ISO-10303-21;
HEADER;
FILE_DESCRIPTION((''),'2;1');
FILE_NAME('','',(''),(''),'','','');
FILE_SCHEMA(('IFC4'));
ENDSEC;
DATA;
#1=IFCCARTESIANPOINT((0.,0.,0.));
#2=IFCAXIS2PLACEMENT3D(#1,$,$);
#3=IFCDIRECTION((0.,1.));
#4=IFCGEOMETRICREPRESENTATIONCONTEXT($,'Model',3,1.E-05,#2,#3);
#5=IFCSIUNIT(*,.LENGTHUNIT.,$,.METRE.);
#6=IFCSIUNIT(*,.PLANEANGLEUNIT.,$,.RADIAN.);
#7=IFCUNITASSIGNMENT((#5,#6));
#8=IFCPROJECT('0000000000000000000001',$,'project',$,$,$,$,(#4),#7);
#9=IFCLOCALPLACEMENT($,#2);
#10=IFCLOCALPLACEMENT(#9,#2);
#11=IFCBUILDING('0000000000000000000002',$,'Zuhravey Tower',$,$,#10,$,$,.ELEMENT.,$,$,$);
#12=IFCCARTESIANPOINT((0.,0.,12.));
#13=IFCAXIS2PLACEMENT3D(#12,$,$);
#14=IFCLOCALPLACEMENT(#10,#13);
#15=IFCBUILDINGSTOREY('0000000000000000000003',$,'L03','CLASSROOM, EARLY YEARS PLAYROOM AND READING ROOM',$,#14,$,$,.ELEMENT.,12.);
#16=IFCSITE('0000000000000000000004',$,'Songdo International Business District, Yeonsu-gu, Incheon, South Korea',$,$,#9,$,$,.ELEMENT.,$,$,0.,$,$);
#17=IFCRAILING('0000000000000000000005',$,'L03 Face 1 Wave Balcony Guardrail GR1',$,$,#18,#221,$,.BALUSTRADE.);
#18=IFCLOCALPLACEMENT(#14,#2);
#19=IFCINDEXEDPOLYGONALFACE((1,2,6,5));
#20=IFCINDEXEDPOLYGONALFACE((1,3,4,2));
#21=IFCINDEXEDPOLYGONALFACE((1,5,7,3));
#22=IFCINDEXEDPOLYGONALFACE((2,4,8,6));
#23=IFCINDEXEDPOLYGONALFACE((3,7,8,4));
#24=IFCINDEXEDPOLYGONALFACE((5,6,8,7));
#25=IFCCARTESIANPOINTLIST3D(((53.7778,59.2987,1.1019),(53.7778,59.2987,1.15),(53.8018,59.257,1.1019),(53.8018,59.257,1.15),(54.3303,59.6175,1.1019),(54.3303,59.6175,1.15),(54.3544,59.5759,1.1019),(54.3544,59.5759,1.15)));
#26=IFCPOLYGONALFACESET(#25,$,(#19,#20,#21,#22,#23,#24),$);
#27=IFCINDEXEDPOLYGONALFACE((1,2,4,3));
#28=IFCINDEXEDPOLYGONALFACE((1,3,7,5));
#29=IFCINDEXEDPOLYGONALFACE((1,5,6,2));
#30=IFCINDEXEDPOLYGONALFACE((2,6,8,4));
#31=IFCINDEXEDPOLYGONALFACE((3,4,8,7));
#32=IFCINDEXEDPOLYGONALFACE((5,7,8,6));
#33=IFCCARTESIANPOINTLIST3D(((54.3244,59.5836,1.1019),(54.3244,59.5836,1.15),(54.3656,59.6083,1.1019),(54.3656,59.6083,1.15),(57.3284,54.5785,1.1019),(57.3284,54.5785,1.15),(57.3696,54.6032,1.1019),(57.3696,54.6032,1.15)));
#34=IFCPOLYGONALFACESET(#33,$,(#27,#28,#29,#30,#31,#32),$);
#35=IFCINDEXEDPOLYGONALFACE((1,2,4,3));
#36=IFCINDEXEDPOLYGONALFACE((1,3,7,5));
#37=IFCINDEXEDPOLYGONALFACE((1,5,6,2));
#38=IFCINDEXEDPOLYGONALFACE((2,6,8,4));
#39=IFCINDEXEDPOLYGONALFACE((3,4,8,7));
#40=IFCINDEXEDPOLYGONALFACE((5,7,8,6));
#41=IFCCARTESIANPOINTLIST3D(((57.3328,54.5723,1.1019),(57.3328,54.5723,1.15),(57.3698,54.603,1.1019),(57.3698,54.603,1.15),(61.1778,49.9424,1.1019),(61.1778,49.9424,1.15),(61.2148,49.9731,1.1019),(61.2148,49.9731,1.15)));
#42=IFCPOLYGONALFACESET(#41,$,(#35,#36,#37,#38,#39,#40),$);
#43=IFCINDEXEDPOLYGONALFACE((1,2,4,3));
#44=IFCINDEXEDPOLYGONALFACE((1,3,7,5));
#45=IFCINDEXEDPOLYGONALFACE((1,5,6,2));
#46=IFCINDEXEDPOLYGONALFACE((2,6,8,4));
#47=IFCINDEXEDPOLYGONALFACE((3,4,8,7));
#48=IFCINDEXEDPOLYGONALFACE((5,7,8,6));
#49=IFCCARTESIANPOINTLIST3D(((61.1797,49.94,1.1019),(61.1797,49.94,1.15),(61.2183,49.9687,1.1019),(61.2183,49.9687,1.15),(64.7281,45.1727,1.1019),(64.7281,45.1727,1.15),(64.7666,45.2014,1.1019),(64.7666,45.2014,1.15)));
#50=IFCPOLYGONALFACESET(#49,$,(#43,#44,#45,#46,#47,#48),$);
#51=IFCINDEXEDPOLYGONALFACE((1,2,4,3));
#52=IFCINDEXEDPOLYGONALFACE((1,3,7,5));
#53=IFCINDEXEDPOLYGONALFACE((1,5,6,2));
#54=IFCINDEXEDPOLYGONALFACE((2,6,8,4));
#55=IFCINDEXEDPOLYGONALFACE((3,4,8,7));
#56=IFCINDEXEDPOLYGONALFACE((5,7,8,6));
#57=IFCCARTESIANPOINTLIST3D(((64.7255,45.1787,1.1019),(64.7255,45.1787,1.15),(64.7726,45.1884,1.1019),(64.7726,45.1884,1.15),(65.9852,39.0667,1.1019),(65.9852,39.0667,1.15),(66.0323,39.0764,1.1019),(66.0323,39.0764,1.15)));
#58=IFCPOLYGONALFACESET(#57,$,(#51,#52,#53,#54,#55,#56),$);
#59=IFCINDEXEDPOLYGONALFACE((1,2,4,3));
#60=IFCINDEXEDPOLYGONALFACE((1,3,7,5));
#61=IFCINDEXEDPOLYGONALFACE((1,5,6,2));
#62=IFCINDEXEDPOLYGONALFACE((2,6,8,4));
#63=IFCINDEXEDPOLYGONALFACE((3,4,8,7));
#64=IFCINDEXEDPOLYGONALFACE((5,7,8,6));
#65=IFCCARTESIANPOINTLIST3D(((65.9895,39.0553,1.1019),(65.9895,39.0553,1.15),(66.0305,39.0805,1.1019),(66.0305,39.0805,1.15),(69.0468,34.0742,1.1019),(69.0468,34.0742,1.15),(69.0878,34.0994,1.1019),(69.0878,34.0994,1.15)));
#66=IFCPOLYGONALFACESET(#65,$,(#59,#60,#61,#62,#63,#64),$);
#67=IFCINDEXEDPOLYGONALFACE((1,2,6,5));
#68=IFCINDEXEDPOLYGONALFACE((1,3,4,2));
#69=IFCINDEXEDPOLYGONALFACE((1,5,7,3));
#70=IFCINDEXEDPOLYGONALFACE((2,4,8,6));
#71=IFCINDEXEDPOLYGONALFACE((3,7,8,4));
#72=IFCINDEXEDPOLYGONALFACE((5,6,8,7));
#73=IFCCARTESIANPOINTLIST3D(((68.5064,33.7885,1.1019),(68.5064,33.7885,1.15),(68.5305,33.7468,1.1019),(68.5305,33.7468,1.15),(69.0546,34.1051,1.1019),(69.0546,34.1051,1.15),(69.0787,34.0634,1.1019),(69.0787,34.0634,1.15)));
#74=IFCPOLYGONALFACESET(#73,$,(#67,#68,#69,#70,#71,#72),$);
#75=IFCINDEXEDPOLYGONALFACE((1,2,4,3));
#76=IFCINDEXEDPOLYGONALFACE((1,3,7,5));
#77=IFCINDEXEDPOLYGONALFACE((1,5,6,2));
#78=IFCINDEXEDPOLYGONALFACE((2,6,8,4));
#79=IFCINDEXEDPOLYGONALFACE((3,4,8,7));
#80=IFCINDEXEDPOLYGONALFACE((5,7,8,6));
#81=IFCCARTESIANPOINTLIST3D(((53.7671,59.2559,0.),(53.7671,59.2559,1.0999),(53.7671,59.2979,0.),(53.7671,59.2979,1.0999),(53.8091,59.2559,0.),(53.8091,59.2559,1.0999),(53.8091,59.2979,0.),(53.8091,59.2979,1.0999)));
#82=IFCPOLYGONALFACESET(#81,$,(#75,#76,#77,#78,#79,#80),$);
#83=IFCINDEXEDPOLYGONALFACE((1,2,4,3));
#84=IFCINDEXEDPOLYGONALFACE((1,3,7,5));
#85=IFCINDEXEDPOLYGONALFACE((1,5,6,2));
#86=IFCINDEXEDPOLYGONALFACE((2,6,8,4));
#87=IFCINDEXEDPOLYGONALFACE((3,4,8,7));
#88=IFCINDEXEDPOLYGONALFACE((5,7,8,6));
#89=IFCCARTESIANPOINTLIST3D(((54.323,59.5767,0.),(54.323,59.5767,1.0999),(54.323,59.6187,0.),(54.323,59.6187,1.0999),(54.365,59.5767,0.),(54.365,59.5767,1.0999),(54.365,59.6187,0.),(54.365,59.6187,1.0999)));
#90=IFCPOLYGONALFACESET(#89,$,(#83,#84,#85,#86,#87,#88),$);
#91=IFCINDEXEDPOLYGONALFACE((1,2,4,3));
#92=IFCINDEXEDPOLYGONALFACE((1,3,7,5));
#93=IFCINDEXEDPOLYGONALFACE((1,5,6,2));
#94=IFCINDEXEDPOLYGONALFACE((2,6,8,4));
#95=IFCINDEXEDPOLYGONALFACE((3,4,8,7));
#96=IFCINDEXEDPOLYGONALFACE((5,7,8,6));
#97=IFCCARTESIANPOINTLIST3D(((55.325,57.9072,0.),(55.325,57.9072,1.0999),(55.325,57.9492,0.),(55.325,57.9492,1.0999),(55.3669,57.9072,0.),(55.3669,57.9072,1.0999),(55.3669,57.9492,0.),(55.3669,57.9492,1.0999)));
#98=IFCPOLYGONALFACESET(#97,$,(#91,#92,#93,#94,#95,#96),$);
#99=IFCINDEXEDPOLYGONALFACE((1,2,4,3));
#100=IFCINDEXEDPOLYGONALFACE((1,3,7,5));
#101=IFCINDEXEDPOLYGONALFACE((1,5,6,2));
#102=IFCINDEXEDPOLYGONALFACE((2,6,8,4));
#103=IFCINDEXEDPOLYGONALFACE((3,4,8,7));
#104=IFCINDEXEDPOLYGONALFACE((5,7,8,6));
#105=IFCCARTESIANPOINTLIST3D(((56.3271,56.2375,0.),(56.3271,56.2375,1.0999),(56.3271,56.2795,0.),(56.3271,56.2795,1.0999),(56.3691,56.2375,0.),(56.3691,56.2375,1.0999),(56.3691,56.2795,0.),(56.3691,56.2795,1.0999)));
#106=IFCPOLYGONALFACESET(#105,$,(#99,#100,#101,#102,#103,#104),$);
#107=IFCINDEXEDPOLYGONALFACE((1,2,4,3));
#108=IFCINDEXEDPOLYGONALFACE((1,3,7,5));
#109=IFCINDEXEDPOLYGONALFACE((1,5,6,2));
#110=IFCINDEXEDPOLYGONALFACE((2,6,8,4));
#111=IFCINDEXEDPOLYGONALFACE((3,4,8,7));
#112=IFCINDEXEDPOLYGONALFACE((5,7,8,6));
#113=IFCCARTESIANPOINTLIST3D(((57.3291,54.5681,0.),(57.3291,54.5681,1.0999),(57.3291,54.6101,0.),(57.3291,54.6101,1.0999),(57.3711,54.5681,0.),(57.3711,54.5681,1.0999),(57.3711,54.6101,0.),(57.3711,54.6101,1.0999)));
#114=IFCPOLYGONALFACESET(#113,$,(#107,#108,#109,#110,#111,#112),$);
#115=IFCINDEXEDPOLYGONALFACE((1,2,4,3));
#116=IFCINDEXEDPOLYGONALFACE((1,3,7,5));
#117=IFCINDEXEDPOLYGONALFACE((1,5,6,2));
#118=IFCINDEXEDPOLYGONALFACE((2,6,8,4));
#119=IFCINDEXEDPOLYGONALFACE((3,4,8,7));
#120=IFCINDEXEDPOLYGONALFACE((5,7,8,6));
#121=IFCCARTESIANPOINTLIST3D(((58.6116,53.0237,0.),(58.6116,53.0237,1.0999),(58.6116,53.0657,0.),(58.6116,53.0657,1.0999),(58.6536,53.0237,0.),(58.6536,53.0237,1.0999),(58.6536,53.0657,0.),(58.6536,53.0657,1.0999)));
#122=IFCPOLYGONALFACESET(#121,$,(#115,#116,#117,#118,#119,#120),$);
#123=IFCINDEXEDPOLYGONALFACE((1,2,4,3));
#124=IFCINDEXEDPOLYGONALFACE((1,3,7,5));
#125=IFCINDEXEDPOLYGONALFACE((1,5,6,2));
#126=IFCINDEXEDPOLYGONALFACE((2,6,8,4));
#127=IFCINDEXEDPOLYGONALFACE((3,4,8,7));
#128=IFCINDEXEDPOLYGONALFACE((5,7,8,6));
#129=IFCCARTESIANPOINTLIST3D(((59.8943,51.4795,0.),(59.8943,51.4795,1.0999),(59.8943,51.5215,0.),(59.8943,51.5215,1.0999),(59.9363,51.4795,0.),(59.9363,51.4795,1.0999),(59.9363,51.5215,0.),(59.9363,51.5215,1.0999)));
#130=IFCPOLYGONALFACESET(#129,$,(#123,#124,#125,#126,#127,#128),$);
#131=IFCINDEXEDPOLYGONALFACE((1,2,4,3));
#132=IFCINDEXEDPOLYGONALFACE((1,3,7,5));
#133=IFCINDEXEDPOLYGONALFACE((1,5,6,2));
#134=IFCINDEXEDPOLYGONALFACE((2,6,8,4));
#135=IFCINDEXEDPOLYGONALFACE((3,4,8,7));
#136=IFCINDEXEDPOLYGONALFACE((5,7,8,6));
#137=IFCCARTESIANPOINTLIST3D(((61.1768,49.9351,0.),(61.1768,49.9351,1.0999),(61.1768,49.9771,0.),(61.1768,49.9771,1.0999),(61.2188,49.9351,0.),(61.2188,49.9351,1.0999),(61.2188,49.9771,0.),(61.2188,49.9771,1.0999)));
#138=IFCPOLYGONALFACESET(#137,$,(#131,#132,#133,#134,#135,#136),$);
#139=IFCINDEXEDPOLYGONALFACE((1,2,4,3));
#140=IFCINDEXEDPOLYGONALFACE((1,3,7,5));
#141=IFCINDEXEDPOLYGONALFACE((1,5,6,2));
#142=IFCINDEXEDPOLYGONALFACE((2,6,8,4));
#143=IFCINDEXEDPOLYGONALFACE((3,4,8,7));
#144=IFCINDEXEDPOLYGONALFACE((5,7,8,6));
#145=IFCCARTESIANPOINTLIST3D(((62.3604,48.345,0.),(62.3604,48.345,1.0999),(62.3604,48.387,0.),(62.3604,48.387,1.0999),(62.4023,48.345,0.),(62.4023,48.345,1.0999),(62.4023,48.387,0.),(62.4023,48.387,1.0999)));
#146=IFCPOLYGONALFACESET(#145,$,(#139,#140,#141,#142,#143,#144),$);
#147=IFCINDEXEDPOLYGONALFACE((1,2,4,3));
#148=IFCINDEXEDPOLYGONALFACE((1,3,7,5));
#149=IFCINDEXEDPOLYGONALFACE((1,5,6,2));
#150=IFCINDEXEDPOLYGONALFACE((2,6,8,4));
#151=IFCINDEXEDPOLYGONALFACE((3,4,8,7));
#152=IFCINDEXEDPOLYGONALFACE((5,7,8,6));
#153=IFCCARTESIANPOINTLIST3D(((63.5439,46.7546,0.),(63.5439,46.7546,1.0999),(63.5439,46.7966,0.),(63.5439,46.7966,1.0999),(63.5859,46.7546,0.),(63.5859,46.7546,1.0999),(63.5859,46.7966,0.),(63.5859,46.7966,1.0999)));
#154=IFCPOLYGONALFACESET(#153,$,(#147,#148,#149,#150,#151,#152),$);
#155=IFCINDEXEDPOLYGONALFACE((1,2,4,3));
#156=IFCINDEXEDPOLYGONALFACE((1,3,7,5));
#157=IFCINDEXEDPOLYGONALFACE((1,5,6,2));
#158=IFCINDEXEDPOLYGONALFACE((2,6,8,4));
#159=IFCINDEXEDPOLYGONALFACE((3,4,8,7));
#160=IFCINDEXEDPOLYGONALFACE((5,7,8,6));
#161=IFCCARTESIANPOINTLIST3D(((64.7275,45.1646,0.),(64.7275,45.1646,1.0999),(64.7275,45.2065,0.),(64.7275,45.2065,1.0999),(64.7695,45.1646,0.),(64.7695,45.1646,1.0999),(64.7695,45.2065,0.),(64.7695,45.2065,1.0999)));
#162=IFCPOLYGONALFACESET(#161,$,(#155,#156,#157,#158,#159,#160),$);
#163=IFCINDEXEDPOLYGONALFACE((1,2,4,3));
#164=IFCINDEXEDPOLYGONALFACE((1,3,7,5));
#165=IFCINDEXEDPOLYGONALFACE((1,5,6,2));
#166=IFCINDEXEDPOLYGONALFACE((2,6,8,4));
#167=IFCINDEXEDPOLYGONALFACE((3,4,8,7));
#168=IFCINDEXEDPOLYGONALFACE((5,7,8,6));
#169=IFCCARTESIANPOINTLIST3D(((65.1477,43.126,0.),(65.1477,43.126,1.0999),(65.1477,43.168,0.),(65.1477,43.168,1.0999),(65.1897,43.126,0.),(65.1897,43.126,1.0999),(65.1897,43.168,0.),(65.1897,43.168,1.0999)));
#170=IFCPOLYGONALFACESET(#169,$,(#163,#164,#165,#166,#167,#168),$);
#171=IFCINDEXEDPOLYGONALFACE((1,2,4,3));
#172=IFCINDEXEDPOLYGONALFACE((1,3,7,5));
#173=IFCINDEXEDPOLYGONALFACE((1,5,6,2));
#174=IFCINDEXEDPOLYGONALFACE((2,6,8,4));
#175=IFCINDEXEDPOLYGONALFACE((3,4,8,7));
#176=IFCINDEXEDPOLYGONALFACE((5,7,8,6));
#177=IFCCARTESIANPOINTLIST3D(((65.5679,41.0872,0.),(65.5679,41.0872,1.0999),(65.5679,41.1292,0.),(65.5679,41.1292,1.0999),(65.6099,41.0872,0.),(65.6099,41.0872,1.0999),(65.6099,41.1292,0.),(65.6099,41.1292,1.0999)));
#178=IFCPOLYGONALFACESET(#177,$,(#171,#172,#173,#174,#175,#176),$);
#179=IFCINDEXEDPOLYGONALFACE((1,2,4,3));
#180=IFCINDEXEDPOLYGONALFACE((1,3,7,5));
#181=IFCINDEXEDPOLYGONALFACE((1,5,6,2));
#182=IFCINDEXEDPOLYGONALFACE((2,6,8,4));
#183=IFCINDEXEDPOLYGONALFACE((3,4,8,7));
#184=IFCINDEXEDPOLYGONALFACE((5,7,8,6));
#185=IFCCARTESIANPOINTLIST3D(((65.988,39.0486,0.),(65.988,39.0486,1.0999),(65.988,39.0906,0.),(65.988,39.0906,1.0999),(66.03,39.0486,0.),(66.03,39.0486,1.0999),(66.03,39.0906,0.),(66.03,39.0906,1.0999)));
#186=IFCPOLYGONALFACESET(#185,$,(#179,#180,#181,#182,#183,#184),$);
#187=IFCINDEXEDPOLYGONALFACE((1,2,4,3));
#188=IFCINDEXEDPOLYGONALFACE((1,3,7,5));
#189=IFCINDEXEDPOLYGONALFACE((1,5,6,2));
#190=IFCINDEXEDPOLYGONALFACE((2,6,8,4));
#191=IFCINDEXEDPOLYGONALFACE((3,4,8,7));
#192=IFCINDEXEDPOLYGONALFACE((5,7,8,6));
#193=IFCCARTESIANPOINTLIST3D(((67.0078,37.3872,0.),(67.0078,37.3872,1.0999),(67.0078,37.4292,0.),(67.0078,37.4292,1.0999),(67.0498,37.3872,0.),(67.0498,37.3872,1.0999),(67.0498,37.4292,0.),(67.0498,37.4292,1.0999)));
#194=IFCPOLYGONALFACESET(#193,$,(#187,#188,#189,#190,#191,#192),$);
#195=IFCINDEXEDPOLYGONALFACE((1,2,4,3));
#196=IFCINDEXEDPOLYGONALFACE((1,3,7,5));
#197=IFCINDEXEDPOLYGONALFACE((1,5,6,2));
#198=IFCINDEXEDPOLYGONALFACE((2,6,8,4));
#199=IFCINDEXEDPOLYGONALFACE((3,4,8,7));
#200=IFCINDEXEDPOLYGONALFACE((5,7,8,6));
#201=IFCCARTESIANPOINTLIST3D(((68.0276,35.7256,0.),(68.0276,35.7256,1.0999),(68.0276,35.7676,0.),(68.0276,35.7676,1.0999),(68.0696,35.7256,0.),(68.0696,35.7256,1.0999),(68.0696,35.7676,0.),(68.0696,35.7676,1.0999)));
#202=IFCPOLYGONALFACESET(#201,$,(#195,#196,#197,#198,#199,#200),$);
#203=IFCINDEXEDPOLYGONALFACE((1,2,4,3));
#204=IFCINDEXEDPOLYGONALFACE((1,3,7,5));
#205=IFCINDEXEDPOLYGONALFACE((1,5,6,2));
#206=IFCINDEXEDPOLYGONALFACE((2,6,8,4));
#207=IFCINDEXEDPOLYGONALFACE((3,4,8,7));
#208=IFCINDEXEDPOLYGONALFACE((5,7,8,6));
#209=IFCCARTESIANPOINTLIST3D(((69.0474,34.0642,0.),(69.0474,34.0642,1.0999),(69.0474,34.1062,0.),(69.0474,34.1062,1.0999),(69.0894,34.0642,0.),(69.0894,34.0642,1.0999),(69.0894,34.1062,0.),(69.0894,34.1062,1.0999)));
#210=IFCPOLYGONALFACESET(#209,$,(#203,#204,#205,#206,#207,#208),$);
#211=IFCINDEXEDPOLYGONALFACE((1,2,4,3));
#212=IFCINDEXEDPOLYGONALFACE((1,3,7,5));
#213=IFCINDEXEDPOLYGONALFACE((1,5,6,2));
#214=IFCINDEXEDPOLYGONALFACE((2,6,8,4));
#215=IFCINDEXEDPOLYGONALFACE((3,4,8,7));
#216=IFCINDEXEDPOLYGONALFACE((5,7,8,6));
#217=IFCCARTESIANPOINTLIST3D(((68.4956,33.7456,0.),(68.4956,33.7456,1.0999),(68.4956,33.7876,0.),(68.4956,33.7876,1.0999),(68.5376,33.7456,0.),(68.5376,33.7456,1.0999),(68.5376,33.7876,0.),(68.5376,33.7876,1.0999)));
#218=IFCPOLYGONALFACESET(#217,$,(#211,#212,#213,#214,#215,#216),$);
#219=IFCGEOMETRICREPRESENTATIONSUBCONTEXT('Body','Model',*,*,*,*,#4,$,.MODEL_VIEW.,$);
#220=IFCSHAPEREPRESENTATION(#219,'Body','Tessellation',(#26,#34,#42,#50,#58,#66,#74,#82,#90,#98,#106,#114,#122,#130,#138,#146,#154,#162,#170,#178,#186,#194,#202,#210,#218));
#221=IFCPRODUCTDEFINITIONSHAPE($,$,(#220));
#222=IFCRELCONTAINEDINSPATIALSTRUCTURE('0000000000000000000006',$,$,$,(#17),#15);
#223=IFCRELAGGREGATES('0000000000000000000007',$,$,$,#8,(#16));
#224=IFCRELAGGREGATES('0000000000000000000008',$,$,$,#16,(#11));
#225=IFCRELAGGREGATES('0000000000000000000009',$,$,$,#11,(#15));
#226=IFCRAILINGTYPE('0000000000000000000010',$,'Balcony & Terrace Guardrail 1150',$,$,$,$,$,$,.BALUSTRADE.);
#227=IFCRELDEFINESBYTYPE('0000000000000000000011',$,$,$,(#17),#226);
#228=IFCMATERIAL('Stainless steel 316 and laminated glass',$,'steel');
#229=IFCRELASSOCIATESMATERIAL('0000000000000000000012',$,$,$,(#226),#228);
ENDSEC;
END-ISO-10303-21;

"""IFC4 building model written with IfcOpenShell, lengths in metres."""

from ifc_helpers import new_model, si_unit, direction, frame, origin, origin_2d, place, context, subcontext, project, spatial, rectangle, extrude, material, type_object, element, save


model = new_model("IFC4")

# Units and contexts
model_context = context("Model", 3, precision=1e-05, world=origin(), true_north=direction((0.0, 1.0)))
body_context = subcontext(model_context, "Body", "Model", "MODEL_VIEW")
ifc_project = project(units=[si_unit("LENGTHUNIT", "METRE"), si_unit("PLANEANGLEUNIT", "RADIAN")], contexts=[model_context])

# Site, building, storey
site_placement = place(None, origin())
site = spatial("IfcSite", under=ifc_project, at=site_placement, Name="Songdo International Business District, Yeonsu-gu, Incheon, South Korea", CompositionType="ELEMENT", RefElevation=0.0)
building_placement = place(site_placement, origin())
building = spatial("IfcBuilding", under=site, at=building_placement, Name="Zuhravey Tower", CompositionType="ELEMENT")
storey_placement = place(building_placement, frame((0.0, 0.0, 12.0)))
storey = spatial("IfcBuildingStorey", under=building, at=storey_placement, Name="L03", Description="CLASSROOM, EARLY YEARS PLAYROOM AND READING ROOM", CompositionType="ELEMENT", Elevation=12.0)

# Railing
ifc_material_1 = material(Name="Stainless steel 316 and laminated glass", Category="steel")
railing_type = type_object("IfcRailingType", Name="Balcony & Terrace Guardrail 1150", PredefinedType="BALUSTRADE", material=ifc_material_1)
railing_placement = place(storey_placement, frame((53.7881, 59.2769, 0.0)))
element("IfcRailing", 1, at=railing_placement, inside=storey, type_object=railing_type, Name="L03 Face 1 Wave Balcony Guardrail GR1", PredefinedType="BALUSTRADE", context=body_context, shape_type="SweptSolid", body=[
    extrude(rectangle(XDim=0.0481, YDim=0.0481, at=origin_2d()), frame((0.0017, 0.001, 1.126), z_axis=(0.866129, 0.499821, 0.0), x_axis=(-0.499821, 0.866129, 0.0)), (0.0, 0.0, 1.0), 0.6379),
    extrude(rectangle(XDim=0.0481, YDim=0.0481, at=origin_2d()), frame((0.5569, 0.3191, 1.126), z_axis=(0.514619, -0.857419, 0.0), x_axis=(0.857419, 0.514619, 0.0)), (0.0, 0.0, 1.0), 5.8374),
    extrude(rectangle(XDim=0.0481, YDim=0.0481, at=origin_2d()), frame((3.5632, -4.6892, 1.126), z_axis=(0.638888, -0.7693, 0.0), x_axis=(0.7693, 0.638888, 0.0)), (0.0, 0.0, 1.0), 6.0183),
    extrude(rectangle(XDim=0.0481, YDim=0.0481, at=origin_2d()), frame((7.4109, -9.3225, 1.126), z_axis=(0.59708, -0.802182, 0.0), x_axis=(0.802182, 0.59708, 0.0)), (0.0, 0.0, 1.0), 5.9429),
    extrude(rectangle(XDim=0.0481, YDim=0.0481, at=origin_2d()), frame((10.9609, -14.0933, 1.126), z_axis=(0.201857, -0.979415, 0.0), x_axis=(0.979415, 0.201857, 0.0)), (0.0, 0.0, 1.0), 6.2405),
    extrude(rectangle(XDim=0.0481, YDim=0.0481, at=origin_2d()), frame((12.2219, -20.209, 1.126), z_axis=(0.523107, -0.852267, 0.0), x_axis=(0.852267, 0.523107, 0.0)), (0.0, 0.0, 1.0), 5.8445),
    extrude(rectangle(XDim=0.0481, YDim=0.0481, at=origin_2d()), frame((15.2786, -25.1926, 1.126), z_axis=(-0.865994, -0.500054, 0.0), x_axis=(0.500054, -0.865994, 0.0)), (0.0, 0.0, 1.0), 0.6331),
    extrude(rectangle(XDim=0.042, YDim=0.042, at=origin_2d()), origin(), (0.0, 0.0, 1.0), 1.0999),
    extrude(rectangle(XDim=0.042, YDim=0.042, at=origin_2d()), frame((0.5559, 0.3208, 0.0)), (0.0, 0.0, 1.0), 1.0999),
    extrude(rectangle(XDim=0.042, YDim=0.042, at=origin_2d()), frame((1.5579, -1.3486, 0.0)), (0.0, 0.0, 1.0), 1.0999),
    extrude(rectangle(XDim=0.042, YDim=0.042, at=origin_2d()), frame((2.5601, -3.0183, 0.0)), (0.0, 0.0, 1.0), 1.0999),
    extrude(rectangle(XDim=0.042, YDim=0.042, at=origin_2d()), frame((3.562, -4.6877, 0.0)), (0.0, 0.0, 1.0), 1.0999),
    extrude(rectangle(XDim=0.042, YDim=0.042, at=origin_2d()), frame((4.8445, -6.2322, 0.0)), (0.0, 0.0, 1.0), 1.0999),
    extrude(rectangle(XDim=0.042, YDim=0.042, at=origin_2d()), frame((6.1272, -7.7764, 0.0)), (0.0, 0.0, 1.0), 1.0999),
    extrude(rectangle(XDim=0.042, YDim=0.042, at=origin_2d()), frame((7.4097, -9.3208, 0.0)), (0.0, 0.0, 1.0), 1.0999),
    extrude(rectangle(XDim=0.042, YDim=0.042, at=origin_2d()), frame((8.5933, -10.9109, 0.0)), (0.0, 0.0, 1.0), 1.0999),
    extrude(rectangle(XDim=0.042, YDim=0.042, at=origin_2d()), frame((9.7769, -12.5012, 0.0)), (0.0, 0.0, 1.0), 1.0999),
    extrude(rectangle(XDim=0.042, YDim=0.042, at=origin_2d()), frame((10.9604, -14.0913, 0.0)), (0.0, 0.0, 1.0), 1.0999),
    extrude(rectangle(XDim=0.042, YDim=0.042, at=origin_2d()), frame((11.3806, -16.1299, 0.0)), (0.0, 0.0, 1.0), 1.0999),
    extrude(rectangle(XDim=0.042, YDim=0.042, at=origin_2d()), frame((11.8008, -18.1687, 0.0)), (0.0, 0.0, 1.0), 1.0999),
    extrude(rectangle(XDim=0.042, YDim=0.042, at=origin_2d()), frame((12.2209, -20.2073, 0.0)), (0.0, 0.0, 1.0), 1.0999),
    extrude(rectangle(XDim=0.042, YDim=0.042, at=origin_2d()), frame((13.2407, -21.8687, 0.0)), (0.0, 0.0, 1.0), 1.0999),
    extrude(rectangle(XDim=0.042, YDim=0.042, at=origin_2d()), frame((14.2605, -23.5303, 0.0)), (0.0, 0.0, 1.0), 1.0999),
    extrude(rectangle(XDim=0.042, YDim=0.042, at=origin_2d()), frame((15.2803, -25.1917, 0.0)), (0.0, 0.0, 1.0), 1.0999),
    extrude(rectangle(XDim=0.042, YDim=0.042, at=origin_2d()), frame((14.7285, -25.5103, 0.0)), (0.0, 0.0, 1.0), 1.0999),
])

save(model, "model.ifc")
